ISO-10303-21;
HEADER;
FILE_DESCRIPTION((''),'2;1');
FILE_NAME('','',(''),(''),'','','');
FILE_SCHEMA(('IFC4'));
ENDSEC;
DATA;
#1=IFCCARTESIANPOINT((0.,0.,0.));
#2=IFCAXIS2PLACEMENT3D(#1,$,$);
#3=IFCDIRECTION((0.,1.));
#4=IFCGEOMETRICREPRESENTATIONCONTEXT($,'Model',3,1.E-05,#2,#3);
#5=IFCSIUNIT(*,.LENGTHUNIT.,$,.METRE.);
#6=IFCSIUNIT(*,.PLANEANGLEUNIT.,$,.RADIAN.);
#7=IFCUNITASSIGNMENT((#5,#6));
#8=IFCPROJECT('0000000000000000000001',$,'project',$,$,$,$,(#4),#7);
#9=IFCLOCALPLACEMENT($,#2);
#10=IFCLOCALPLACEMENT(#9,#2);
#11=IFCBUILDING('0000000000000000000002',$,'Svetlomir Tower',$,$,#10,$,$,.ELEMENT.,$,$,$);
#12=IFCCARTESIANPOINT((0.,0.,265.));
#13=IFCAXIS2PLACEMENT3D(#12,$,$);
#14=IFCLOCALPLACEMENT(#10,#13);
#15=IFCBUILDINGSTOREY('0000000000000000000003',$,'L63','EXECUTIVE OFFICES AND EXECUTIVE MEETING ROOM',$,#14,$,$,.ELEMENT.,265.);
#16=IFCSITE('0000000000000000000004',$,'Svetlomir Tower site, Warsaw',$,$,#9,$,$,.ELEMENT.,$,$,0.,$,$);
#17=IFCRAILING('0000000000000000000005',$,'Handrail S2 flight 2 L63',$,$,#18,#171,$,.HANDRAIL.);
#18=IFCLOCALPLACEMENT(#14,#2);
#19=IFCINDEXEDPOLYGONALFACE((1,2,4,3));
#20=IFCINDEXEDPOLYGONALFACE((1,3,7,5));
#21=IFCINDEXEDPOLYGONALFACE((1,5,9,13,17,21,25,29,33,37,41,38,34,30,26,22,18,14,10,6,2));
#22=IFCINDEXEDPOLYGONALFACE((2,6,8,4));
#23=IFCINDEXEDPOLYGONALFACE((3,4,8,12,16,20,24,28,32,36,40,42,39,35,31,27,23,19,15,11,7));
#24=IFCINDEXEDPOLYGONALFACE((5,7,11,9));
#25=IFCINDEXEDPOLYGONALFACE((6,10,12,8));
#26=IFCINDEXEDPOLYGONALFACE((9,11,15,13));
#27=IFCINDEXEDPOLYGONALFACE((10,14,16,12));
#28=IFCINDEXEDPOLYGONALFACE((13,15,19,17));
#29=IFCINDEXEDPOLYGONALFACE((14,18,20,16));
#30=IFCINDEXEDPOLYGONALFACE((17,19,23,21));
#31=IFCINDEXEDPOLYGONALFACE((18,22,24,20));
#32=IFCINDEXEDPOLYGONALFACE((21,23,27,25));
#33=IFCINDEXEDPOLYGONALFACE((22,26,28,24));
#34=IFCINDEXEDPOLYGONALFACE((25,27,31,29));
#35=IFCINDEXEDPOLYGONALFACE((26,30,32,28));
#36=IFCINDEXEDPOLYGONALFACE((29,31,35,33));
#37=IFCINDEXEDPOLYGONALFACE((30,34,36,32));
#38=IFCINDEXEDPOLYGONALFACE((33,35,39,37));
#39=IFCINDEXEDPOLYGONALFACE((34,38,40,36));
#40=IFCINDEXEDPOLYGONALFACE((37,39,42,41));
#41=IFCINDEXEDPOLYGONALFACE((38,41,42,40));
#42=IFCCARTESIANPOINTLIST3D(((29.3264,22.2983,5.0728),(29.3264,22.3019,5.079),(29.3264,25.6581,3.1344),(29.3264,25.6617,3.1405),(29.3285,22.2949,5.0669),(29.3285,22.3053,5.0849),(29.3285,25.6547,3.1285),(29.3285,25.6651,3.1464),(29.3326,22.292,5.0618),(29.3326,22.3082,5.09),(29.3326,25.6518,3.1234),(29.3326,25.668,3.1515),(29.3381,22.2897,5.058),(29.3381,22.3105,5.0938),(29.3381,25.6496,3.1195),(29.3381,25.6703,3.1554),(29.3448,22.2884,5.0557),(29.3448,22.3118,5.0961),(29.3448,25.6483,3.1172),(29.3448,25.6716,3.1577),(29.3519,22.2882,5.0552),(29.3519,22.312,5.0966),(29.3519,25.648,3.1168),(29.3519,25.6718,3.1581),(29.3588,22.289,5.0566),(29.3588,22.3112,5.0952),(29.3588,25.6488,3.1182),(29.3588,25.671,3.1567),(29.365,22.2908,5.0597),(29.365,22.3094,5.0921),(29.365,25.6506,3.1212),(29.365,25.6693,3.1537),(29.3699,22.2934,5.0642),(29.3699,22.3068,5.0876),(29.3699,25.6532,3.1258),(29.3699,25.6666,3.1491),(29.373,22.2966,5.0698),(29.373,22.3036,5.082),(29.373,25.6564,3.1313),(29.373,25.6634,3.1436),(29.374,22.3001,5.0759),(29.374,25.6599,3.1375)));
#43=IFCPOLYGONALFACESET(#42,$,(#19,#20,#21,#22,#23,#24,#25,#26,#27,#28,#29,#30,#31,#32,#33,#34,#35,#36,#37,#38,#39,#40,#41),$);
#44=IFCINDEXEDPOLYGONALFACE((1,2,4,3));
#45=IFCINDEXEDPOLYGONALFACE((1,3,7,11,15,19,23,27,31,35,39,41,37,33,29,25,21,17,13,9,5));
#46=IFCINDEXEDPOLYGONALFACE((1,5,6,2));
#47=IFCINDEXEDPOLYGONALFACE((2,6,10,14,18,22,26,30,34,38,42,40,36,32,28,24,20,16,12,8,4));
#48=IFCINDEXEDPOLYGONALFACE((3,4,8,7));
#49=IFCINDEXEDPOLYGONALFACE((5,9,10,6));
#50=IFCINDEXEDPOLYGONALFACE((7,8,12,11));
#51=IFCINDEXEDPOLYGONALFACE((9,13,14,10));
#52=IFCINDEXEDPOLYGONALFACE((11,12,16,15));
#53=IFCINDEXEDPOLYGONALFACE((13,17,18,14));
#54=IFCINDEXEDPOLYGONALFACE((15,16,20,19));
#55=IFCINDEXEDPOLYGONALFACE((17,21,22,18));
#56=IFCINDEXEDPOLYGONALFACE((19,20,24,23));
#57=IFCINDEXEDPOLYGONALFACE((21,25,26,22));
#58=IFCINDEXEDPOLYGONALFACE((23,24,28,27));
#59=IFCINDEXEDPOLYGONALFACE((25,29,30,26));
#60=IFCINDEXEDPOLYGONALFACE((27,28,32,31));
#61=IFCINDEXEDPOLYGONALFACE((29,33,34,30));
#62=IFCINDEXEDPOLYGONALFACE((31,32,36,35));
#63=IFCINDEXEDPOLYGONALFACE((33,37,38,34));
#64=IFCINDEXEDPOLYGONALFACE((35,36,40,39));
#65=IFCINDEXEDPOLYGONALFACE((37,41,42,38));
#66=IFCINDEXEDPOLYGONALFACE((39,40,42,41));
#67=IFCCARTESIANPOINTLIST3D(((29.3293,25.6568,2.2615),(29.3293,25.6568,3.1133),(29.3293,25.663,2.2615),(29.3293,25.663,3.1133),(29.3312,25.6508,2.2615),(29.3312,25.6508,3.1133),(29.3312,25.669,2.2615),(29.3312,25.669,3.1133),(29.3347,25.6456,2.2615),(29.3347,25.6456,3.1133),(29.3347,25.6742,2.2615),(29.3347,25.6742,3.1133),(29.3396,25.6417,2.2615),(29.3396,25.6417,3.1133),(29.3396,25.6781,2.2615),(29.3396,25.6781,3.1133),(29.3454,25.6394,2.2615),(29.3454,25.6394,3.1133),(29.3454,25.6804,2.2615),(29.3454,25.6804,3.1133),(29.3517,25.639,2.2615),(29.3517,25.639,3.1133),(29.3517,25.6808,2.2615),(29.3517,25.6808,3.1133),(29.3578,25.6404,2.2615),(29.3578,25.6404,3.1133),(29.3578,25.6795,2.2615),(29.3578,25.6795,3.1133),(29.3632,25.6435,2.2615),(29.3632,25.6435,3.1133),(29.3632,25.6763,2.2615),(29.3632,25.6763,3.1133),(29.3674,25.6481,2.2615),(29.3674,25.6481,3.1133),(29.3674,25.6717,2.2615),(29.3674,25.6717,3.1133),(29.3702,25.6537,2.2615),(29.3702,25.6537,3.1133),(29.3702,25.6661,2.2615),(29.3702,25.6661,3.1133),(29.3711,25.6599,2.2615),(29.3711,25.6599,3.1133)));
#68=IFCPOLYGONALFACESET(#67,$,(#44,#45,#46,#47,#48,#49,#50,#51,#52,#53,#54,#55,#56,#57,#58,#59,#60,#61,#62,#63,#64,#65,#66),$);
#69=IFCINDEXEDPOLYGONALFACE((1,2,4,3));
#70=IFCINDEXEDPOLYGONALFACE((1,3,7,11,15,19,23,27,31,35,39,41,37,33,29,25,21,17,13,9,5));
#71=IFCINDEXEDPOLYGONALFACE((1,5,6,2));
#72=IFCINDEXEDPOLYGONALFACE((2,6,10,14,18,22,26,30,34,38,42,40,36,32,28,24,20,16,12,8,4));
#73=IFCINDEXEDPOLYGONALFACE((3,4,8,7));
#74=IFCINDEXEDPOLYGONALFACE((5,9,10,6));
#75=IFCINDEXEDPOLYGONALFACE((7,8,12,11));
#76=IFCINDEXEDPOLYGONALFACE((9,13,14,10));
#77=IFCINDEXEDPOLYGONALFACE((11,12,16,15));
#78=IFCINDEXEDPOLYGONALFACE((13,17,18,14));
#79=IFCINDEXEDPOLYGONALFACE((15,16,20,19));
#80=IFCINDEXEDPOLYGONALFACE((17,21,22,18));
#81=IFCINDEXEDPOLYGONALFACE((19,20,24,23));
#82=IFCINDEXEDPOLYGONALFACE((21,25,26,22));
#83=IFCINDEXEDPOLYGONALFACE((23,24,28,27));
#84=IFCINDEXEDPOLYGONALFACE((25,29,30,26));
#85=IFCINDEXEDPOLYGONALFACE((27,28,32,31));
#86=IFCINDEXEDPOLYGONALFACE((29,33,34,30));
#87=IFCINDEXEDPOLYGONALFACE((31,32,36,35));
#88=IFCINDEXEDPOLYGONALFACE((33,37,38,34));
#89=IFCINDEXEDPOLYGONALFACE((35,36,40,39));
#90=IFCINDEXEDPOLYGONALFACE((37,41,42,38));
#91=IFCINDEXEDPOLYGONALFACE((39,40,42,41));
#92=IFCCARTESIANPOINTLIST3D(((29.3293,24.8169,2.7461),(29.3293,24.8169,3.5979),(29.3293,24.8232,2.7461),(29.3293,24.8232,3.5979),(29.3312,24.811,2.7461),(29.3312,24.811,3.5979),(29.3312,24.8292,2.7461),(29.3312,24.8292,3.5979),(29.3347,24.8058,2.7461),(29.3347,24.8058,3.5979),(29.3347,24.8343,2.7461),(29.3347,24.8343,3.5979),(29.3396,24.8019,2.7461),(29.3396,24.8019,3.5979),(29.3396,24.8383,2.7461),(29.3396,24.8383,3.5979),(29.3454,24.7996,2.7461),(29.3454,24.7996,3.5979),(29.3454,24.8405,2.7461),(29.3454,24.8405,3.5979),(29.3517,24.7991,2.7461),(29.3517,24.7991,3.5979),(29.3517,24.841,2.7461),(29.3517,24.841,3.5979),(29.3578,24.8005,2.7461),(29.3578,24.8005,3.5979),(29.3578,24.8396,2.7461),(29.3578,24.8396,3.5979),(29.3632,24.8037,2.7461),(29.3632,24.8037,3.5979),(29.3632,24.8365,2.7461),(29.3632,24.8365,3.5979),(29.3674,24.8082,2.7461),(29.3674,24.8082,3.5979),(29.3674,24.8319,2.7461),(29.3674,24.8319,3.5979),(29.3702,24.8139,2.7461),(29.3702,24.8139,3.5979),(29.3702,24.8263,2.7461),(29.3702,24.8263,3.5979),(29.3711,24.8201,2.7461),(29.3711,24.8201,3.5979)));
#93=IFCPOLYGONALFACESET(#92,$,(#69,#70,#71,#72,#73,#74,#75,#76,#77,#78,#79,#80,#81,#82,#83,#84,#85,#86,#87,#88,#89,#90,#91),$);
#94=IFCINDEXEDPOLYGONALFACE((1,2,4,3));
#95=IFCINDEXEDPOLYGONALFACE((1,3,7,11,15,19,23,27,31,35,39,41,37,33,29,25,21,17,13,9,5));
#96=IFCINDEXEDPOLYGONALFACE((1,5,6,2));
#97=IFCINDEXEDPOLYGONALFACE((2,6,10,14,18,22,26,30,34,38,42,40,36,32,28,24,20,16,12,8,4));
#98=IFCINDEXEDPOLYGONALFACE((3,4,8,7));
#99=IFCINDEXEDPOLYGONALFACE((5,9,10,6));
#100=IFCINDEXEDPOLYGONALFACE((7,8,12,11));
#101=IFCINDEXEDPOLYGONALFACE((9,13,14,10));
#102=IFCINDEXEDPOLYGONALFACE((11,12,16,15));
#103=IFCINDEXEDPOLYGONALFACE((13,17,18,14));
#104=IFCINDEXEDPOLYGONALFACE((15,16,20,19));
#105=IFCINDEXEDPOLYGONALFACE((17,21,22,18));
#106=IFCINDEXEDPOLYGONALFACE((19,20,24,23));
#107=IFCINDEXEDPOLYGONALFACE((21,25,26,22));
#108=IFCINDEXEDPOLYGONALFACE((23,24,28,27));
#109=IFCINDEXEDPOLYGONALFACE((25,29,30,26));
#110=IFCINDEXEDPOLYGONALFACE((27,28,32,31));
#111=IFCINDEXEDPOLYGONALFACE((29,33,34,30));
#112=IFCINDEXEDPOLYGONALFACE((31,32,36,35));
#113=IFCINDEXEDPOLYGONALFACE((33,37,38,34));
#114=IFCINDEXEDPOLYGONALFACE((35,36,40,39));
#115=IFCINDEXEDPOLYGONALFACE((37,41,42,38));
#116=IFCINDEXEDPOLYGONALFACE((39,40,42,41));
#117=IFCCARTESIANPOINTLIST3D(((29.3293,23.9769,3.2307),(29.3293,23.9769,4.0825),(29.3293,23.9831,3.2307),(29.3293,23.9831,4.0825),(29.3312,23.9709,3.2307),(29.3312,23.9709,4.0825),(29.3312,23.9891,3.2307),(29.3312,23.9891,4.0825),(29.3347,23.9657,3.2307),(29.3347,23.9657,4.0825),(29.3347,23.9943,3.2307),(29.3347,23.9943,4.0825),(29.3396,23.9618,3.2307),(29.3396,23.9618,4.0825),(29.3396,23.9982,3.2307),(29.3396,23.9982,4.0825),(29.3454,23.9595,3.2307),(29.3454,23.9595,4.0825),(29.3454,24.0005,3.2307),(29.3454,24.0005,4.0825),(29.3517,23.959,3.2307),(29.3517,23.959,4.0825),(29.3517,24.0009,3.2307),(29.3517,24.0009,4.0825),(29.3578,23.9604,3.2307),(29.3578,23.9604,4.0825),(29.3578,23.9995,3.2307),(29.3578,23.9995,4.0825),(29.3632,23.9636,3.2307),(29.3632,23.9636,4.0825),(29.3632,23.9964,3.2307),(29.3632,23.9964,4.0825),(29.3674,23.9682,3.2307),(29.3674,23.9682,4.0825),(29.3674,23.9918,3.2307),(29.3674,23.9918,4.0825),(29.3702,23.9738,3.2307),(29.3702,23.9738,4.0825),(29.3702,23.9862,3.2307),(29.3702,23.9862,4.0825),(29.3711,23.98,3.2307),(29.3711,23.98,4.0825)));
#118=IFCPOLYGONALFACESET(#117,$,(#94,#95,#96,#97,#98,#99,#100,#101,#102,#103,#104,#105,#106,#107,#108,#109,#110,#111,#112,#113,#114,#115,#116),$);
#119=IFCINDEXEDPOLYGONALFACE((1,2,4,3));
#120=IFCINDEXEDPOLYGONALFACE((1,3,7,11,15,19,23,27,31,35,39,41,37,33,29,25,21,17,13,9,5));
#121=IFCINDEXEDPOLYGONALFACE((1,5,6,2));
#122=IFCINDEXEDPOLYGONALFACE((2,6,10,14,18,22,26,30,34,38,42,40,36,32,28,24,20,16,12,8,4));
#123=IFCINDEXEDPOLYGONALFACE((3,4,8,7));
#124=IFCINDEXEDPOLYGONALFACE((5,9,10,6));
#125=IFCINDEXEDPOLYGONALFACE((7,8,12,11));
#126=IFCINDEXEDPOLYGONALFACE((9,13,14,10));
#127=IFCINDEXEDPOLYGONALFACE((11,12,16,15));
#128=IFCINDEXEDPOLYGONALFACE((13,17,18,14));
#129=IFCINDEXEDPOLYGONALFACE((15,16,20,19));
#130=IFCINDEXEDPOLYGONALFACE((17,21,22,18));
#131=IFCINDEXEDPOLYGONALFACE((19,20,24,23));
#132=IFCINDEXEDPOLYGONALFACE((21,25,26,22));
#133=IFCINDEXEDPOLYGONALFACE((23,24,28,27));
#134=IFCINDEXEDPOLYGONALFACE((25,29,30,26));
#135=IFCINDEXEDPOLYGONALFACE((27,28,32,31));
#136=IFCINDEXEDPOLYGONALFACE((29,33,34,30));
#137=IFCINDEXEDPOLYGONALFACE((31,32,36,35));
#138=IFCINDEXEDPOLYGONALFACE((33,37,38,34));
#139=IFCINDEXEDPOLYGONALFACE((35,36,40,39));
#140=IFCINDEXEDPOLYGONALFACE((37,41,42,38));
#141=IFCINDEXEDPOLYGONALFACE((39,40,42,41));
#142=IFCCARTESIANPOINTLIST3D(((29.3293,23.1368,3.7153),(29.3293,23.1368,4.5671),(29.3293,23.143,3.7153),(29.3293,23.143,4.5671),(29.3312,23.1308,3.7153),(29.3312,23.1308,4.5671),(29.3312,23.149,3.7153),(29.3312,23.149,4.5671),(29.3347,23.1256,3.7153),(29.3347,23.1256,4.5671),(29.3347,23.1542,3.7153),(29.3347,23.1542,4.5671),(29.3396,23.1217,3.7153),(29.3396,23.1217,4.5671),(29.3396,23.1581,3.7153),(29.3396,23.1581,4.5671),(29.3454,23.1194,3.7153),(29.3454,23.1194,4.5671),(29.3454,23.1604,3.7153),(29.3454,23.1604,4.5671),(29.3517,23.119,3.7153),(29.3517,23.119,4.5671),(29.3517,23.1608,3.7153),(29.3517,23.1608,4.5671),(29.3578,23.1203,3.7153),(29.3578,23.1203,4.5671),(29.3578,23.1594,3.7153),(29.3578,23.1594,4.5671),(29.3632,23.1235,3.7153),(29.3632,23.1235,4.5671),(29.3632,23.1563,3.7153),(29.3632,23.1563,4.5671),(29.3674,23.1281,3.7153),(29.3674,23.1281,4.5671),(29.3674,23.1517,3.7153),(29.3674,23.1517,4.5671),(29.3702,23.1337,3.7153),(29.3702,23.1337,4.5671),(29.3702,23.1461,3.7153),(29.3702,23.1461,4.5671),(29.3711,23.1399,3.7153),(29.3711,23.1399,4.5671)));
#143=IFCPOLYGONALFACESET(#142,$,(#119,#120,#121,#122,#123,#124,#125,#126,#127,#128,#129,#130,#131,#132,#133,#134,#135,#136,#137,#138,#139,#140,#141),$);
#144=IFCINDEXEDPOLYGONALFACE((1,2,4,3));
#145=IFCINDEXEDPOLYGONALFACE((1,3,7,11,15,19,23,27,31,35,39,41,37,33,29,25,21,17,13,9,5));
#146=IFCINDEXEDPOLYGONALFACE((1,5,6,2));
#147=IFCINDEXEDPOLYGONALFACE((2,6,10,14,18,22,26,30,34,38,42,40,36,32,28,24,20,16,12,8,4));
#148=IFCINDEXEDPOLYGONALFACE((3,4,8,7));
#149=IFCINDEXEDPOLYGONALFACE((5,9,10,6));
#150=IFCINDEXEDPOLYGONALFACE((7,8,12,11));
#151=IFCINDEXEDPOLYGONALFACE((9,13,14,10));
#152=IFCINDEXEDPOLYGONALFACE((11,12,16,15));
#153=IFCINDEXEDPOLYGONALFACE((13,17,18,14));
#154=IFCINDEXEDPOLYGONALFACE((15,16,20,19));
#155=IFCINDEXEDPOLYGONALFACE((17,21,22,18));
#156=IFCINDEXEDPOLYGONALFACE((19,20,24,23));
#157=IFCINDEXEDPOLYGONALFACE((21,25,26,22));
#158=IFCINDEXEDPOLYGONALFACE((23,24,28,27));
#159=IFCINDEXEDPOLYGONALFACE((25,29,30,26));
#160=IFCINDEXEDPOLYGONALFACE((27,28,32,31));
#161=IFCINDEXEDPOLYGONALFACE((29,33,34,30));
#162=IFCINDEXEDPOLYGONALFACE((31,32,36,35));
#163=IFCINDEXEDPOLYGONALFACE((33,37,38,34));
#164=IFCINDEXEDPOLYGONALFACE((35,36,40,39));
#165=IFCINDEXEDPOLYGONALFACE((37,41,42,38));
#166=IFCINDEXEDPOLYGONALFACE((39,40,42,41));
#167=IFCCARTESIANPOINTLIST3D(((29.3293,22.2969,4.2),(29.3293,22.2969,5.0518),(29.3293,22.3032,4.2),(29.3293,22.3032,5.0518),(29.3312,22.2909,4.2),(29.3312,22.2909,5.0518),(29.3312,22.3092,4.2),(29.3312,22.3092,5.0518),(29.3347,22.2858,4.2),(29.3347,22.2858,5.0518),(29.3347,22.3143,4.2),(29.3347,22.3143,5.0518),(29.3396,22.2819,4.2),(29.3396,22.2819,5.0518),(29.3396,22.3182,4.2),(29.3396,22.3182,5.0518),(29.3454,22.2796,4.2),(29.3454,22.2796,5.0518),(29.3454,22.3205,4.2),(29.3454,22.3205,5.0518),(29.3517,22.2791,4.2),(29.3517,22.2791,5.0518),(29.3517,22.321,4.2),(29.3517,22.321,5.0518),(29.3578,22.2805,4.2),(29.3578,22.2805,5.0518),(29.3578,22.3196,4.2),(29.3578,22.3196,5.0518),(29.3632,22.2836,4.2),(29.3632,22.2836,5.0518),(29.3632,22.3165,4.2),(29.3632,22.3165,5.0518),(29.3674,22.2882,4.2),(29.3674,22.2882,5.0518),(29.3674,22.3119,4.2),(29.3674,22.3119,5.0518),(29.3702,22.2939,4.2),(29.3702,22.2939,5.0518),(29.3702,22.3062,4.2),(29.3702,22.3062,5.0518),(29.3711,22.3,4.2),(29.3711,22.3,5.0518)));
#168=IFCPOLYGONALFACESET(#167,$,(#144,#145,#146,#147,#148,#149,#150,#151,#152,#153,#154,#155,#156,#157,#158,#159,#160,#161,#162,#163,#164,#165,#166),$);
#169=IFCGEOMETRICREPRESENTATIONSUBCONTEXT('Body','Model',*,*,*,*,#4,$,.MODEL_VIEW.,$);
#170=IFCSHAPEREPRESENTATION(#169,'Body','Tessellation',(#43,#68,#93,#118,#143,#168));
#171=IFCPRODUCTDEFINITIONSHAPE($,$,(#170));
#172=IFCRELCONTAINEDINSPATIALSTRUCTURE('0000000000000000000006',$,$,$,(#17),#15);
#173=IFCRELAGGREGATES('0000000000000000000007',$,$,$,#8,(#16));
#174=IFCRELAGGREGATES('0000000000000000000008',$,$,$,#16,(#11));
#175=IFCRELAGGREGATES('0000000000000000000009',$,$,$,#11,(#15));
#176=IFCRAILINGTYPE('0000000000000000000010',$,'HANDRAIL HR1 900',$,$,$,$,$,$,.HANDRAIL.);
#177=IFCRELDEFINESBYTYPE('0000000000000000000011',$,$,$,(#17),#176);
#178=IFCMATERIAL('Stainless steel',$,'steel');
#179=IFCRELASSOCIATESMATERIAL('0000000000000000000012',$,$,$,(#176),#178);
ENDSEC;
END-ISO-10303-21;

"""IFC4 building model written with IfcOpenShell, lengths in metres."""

from ifc_helpers import new_model, si_unit, direction, frame, origin, origin_2d, place, context, subcontext, project, spatial, circle, extrude, material, type_object, element, save


model = new_model("IFC4")

# Units and contexts
model_context = context("Model", 3, precision=1e-05, world=origin(), true_north=direction((0.0, 1.0)))
body_context = subcontext(model_context, "Body", "Model", "MODEL_VIEW")
ifc_project = project(units=[si_unit("LENGTHUNIT", "METRE"), si_unit("PLANEANGLEUNIT", "RADIAN")], contexts=[model_context])

# Site, building, storey
site_placement = place(None, origin())
site = spatial("IfcSite", under=ifc_project, at=site_placement, Name="Svetlomir Tower site, Warsaw", CompositionType="ELEMENT", RefElevation=0.0)
building_placement = place(site_placement, origin())
building = spatial("IfcBuilding", under=site, at=building_placement, Name="Svetlomir Tower", CompositionType="ELEMENT")
storey_placement = place(building_placement, frame((0.0, 0.0, 265.0)))
storey = spatial("IfcBuildingStorey", under=building, at=storey_placement, Name="L63", Description="EXECUTIVE OFFICES AND EXECUTIVE MEETING ROOM", CompositionType="ELEMENT", Elevation=265.0)

# Railing
ifc_material_1 = material(Name="Stainless steel", Category="steel")
railing_type = type_object("IfcRailingType", Name="HANDRAIL HR1 900", PredefinedType="HANDRAIL", material=ifc_material_1)
railing_1_placement = place(storey_placement, frame((29.3501, 25.6599, 2.2615)))
element("IfcRailing", 1, at=railing_1_placement, inside=storey, type_object=railing_type, Name="Handrail S2 flight 2 L63", PredefinedType="HANDRAIL", context=body_context, shape_type="SweptSolid", body=[
    extrude(circle(Radius=0.0239, at=origin_2d()), frame((0.0, 0.0, 0.876), z_axis=(0.0, -0.866175, 0.499741), x_axis=(1.0, 0.0, 0.0)), (0.0, 0.0, 1.0), 3.8789),
    extrude(circle(Radius=0.021, at=origin_2d()), origin(), (0.0, 0.0, 1.0), 0.8518),
    extrude(circle(Radius=0.021, at=origin_2d()), frame((0.0, -0.8398, 0.4846)), (0.0, 0.0, 1.0), 0.8518),
    extrude(circle(Radius=0.021, at=origin_2d()), frame((0.0, -1.6799, 0.9692)), (0.0, 0.0, 1.0), 0.8518),
    extrude(circle(Radius=0.021, at=origin_2d()), frame((0.0, -2.52, 1.4539)), (0.0, 0.0, 1.0), 0.8518),
    extrude(circle(Radius=0.021, at=origin_2d()), frame((0.0, -3.3599, 1.9385)), (0.0, 0.0, 1.0), 0.8518),
])

save(model, "model.ifc")
